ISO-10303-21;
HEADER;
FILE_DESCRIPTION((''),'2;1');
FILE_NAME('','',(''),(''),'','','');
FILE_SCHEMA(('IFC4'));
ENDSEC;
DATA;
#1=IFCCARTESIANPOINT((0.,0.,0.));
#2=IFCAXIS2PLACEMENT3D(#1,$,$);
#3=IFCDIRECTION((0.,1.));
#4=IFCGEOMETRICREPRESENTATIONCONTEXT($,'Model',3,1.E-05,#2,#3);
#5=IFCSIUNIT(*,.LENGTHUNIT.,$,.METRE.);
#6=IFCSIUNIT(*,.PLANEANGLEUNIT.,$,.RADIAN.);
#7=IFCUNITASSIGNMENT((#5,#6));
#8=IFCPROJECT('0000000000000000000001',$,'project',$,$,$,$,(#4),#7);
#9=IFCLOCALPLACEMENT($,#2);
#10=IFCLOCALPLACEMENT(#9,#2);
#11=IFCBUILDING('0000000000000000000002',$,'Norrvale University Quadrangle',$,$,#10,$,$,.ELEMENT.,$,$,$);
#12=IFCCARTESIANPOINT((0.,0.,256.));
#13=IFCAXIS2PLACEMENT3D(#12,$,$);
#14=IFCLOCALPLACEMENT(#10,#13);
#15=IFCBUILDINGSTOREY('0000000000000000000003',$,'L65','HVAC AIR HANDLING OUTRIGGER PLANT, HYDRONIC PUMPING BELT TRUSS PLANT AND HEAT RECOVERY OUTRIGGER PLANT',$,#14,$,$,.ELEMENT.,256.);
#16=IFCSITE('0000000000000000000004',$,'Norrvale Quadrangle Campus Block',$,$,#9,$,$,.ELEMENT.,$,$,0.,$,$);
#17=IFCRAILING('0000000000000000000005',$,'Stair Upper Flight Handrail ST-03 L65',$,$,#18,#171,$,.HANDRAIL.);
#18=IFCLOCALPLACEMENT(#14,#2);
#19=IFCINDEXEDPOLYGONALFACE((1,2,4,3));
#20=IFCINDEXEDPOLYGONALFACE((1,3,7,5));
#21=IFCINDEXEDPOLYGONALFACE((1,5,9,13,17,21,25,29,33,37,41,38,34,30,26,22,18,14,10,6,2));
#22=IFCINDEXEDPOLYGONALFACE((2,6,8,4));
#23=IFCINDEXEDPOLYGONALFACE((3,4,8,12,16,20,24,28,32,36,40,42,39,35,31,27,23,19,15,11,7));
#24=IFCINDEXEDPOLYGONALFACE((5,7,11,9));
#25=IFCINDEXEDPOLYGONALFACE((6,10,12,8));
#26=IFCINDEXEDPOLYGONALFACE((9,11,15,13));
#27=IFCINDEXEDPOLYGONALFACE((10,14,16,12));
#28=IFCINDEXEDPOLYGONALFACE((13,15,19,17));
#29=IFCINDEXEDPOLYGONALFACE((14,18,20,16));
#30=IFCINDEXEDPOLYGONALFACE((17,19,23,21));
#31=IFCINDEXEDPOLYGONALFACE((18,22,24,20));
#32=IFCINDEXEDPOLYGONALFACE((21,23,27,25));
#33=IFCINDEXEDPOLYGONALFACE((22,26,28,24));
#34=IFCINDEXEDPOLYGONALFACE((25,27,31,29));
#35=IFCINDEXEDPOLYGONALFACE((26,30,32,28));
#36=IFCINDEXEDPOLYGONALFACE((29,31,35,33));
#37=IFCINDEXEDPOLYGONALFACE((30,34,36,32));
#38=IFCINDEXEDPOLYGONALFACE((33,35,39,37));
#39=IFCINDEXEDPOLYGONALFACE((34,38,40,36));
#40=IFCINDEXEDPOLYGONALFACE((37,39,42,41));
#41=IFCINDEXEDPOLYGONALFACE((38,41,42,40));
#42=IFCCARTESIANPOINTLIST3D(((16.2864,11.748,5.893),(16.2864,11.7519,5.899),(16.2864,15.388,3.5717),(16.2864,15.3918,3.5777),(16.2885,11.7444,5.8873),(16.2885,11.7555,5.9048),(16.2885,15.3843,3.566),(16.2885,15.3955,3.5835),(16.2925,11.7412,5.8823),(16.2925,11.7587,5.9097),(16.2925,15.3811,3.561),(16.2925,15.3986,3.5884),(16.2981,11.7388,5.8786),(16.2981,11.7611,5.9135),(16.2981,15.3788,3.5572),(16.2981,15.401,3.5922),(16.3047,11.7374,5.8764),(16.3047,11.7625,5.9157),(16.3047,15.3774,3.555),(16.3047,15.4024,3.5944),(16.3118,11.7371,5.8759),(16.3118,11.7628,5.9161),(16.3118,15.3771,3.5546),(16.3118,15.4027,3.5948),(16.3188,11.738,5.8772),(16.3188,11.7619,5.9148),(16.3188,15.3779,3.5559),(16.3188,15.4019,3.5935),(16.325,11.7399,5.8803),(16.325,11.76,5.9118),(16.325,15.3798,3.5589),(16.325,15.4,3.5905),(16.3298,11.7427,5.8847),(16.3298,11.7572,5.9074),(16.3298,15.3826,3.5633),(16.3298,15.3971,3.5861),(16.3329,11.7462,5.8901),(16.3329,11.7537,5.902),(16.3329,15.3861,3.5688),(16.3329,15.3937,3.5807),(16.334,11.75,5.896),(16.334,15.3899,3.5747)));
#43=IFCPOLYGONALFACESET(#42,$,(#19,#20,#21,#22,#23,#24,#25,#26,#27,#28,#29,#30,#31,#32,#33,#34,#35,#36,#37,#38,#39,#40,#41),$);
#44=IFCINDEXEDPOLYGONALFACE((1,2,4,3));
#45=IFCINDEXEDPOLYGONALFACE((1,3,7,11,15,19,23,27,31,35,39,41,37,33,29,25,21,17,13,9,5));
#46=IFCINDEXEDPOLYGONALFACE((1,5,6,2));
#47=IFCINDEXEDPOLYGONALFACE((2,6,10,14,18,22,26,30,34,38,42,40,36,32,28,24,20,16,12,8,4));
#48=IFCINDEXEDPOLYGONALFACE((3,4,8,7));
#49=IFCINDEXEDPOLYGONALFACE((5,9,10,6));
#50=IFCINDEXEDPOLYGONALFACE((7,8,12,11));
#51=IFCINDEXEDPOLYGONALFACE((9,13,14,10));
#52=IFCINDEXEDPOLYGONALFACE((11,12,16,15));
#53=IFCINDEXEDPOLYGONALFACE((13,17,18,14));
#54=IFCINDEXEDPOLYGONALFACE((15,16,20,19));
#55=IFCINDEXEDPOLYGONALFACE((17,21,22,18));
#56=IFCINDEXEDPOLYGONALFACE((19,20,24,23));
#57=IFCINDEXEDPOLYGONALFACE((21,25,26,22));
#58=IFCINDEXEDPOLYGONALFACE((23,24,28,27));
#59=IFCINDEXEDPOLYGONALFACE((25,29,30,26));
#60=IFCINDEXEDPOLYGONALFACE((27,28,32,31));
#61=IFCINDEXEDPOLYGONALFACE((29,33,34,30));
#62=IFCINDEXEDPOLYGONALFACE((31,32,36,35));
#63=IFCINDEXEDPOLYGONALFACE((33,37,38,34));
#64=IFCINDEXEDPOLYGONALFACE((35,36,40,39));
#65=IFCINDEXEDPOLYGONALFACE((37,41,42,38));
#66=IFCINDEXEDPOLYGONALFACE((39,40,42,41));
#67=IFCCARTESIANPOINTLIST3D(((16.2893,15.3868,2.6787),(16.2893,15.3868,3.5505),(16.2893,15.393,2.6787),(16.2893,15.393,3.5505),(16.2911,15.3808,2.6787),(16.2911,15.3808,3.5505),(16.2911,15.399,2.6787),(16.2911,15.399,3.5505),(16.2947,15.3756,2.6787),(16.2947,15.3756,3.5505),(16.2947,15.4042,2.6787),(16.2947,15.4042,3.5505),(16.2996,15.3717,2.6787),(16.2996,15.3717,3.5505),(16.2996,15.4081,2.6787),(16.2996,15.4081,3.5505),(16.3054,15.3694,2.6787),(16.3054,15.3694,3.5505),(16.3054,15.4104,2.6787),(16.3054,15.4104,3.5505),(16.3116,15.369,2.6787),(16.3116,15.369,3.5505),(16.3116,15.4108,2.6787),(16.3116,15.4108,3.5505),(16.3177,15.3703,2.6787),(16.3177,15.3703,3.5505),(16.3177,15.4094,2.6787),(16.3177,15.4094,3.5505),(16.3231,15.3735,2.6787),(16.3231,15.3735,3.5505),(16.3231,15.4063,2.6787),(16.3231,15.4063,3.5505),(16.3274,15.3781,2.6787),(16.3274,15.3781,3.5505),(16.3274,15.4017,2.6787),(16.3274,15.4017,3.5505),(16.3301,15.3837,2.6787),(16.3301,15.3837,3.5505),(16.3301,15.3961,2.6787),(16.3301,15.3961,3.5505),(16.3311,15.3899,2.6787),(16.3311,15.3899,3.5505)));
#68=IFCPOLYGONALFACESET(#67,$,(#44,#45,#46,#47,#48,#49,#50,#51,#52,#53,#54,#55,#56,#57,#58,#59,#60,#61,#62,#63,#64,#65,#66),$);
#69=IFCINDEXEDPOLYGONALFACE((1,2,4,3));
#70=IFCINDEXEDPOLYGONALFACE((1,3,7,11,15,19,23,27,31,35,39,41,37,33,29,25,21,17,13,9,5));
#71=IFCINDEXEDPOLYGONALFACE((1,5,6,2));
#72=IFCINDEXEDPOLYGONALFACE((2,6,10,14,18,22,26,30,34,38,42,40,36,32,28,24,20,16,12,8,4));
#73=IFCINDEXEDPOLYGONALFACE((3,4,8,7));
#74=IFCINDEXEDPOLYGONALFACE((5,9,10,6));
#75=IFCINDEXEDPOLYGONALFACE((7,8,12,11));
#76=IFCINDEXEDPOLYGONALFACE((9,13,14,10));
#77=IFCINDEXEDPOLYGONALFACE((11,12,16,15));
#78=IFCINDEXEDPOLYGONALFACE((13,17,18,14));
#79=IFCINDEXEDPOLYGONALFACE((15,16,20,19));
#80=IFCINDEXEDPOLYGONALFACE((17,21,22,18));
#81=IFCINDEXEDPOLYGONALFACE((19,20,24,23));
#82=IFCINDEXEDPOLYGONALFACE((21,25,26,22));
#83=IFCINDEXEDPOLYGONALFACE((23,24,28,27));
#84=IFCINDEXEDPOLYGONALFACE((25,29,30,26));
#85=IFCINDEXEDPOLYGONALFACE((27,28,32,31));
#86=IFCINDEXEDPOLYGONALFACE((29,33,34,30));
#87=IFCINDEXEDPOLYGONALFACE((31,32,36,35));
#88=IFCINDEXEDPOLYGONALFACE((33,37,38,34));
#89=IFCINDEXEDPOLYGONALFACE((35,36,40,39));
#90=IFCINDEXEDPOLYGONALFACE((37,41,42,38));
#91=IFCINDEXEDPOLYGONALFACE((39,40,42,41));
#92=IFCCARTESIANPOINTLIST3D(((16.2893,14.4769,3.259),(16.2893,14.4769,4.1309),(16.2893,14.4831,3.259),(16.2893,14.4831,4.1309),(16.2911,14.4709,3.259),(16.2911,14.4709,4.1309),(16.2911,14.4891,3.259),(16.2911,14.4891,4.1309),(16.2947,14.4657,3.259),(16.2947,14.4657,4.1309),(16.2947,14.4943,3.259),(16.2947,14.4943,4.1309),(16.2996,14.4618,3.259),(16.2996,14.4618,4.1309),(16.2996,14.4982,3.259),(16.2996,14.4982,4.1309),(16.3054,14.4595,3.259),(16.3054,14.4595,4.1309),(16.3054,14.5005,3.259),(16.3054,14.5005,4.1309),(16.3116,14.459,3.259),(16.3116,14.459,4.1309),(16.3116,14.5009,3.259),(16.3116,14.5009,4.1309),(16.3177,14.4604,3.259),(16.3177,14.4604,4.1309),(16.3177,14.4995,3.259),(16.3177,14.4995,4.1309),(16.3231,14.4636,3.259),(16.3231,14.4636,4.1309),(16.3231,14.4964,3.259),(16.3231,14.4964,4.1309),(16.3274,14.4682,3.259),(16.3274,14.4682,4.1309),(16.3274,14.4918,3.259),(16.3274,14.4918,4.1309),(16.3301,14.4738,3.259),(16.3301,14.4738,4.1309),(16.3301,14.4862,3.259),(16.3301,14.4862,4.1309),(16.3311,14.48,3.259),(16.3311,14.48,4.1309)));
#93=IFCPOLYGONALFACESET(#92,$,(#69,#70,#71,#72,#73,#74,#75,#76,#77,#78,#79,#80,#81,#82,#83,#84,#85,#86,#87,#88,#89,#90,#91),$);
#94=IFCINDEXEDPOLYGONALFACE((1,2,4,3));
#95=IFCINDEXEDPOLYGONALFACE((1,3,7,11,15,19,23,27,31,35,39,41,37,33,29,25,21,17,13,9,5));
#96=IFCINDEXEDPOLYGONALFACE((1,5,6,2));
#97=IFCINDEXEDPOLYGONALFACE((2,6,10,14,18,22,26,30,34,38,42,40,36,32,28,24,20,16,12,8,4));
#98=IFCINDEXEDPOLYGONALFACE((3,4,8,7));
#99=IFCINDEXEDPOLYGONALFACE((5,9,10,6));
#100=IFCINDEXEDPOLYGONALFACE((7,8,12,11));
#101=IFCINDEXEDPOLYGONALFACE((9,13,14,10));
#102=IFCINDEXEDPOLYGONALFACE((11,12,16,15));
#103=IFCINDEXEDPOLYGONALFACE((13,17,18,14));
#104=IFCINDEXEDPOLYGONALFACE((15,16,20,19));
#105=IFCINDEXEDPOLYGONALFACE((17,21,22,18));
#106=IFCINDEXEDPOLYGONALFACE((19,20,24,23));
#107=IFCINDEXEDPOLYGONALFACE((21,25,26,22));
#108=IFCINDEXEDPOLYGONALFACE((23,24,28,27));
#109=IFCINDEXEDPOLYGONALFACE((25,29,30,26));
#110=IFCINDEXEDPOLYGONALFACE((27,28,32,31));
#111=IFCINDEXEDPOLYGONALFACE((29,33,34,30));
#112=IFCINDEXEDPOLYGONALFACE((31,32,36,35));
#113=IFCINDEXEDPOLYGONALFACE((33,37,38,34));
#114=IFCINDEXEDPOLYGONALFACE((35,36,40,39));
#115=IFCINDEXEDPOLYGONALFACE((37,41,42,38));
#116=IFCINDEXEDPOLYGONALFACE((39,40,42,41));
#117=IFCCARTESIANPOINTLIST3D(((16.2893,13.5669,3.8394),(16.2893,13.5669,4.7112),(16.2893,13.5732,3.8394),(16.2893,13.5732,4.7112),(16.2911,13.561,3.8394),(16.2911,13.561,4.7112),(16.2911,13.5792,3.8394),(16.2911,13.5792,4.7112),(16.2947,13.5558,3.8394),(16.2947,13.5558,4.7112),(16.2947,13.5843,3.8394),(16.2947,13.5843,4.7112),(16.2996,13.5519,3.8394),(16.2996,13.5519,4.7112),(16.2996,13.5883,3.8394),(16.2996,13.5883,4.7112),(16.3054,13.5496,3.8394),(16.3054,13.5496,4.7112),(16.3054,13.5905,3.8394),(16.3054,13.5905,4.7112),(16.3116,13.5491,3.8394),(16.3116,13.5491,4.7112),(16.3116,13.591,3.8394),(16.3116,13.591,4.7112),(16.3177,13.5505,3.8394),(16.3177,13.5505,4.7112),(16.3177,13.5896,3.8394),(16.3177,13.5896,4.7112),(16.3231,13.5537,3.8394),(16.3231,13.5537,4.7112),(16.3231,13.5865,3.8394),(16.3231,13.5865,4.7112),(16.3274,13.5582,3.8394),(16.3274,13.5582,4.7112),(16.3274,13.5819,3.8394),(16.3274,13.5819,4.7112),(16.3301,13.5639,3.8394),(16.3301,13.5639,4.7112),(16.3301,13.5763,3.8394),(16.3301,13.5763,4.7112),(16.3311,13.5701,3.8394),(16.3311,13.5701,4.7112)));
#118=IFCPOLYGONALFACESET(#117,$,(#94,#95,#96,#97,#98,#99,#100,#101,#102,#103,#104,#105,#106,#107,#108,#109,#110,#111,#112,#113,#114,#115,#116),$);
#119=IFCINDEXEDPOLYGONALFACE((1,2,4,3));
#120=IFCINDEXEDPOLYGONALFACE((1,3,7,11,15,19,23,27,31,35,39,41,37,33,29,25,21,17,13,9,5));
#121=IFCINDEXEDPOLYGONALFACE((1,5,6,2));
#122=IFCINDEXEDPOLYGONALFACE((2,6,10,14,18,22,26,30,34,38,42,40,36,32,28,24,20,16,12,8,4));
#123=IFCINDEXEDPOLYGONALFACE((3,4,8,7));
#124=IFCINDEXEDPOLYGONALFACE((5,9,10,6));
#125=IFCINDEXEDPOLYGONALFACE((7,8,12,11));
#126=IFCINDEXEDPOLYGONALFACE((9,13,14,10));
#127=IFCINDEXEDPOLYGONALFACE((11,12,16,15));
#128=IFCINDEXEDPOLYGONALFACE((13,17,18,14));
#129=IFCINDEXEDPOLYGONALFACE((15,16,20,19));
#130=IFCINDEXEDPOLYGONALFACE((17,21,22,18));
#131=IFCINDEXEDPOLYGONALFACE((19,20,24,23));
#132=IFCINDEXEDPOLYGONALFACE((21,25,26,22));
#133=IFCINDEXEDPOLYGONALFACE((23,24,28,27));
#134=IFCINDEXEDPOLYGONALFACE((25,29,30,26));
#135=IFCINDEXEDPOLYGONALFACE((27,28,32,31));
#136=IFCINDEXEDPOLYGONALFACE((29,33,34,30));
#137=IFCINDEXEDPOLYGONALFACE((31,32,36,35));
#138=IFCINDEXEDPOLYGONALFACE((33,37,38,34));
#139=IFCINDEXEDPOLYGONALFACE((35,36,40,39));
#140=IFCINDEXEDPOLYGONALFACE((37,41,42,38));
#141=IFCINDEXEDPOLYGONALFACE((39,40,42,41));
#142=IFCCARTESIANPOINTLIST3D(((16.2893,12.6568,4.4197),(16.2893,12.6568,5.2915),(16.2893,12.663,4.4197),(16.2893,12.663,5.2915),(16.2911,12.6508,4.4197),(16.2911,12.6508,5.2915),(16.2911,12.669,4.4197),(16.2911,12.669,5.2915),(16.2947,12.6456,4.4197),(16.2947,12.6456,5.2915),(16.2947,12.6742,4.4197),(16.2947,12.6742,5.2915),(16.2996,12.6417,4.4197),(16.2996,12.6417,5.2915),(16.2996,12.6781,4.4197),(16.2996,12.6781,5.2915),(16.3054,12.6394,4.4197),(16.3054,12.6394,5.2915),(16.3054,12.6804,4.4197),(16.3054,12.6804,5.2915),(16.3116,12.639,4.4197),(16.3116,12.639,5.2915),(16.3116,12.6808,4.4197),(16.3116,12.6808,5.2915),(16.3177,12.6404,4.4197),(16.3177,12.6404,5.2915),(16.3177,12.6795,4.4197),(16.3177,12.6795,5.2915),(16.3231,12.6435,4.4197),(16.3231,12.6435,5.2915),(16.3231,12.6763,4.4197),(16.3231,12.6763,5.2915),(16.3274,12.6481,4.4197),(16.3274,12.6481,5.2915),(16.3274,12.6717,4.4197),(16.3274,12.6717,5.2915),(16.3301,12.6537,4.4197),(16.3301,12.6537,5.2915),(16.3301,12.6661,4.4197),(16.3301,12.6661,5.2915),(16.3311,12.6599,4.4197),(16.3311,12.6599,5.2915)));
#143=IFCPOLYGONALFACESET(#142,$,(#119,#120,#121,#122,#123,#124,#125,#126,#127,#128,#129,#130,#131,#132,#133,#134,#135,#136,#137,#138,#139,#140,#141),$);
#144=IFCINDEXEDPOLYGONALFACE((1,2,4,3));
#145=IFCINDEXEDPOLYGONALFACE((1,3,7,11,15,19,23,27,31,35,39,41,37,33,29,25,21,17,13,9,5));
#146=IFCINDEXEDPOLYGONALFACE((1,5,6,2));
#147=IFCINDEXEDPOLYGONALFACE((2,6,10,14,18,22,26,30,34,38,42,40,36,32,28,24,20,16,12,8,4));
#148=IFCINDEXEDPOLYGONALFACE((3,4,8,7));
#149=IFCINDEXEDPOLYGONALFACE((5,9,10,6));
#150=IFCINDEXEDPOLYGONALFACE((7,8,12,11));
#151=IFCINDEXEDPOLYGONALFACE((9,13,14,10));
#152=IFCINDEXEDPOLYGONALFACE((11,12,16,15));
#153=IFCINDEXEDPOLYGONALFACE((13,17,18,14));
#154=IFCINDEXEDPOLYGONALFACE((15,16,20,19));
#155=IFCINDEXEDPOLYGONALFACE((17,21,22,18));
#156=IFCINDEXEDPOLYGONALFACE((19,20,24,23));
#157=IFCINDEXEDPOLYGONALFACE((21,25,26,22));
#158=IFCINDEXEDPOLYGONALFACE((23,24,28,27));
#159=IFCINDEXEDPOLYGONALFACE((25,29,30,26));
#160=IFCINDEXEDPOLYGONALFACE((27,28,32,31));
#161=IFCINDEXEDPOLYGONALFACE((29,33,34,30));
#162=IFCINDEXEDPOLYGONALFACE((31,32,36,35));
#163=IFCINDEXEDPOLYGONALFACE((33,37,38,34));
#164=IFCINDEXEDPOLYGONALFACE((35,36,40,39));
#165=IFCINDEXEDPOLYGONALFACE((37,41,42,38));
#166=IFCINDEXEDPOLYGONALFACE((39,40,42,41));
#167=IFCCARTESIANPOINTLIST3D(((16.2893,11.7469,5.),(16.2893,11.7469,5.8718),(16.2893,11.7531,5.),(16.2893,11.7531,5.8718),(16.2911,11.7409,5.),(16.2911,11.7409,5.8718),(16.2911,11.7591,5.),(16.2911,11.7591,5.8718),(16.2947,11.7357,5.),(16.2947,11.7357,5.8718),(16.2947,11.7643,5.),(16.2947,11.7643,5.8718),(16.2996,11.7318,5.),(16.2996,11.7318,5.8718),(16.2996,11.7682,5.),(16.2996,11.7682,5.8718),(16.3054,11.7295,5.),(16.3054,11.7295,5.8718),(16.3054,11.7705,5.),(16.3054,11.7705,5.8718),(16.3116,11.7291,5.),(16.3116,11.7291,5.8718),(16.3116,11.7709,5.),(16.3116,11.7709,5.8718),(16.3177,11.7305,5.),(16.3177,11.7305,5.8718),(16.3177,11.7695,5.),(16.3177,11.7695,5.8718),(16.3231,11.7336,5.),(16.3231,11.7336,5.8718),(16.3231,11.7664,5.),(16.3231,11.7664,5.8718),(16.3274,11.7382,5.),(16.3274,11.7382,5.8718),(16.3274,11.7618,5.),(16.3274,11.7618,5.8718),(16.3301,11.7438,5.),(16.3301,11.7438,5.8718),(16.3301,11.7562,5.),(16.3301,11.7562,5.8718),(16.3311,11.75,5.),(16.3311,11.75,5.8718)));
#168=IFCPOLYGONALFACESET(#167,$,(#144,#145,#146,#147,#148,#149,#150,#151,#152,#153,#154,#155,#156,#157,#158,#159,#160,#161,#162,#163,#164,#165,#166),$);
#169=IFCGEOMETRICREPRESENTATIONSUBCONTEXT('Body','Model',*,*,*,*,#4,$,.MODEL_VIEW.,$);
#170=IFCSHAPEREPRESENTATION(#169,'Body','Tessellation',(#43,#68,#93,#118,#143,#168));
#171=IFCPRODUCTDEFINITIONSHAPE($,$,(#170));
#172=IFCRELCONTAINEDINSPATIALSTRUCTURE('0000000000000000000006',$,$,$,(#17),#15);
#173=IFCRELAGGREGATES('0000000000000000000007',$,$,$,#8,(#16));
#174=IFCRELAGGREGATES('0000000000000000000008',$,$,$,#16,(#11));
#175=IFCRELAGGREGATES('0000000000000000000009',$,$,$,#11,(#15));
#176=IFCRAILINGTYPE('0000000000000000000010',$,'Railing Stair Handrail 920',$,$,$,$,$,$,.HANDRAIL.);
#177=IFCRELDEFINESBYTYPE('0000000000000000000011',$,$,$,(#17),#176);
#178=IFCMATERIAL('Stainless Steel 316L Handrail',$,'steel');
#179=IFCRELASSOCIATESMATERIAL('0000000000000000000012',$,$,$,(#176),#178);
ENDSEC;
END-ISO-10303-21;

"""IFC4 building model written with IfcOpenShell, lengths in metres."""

from ifc_helpers import new_model, si_unit, direction, frame, origin, origin_2d, place, context, subcontext, project, spatial, circle, extrude, material, type_object, element, save


model = new_model("IFC4")

# Units and contexts
model_context = context("Model", 3, precision=1e-05, world=origin(), true_north=direction((0.0, 1.0)))
body_context = subcontext(model_context, "Body", "Model", "MODEL_VIEW")
ifc_project = project(units=[si_unit("LENGTHUNIT", "METRE"), si_unit("PLANEANGLEUNIT", "RADIAN")], contexts=[model_context])

# Site, building, storey
site_placement = place(None, origin())
site = spatial("IfcSite", under=ifc_project, at=site_placement, Name="Norrvale Quadrangle Campus Block", CompositionType="ELEMENT", RefElevation=0.0)
building_placement = place(site_placement, origin())
building = spatial("IfcBuilding", under=site, at=building_placement, Name="Norrvale University Quadrangle", CompositionType="ELEMENT")
storey_placement = place(building_placement, frame((0.0, 0.0, 256.0)))
storey = spatial("IfcBuildingStorey", under=building, at=storey_placement, Name="L65", Description="HVAC AIR HANDLING OUTRIGGER PLANT, HYDRONIC PUMPING BELT TRUSS PLANT AND HEAT RECOVERY OUTRIGGER PLANT", CompositionType="ELEMENT", Elevation=256.0)

# Railing
ifc_material_1 = material(Name="Stainless Steel 316L Handrail", Category="steel")
railing_type_1 = type_object("IfcRailingType", Name="Railing Stair Handrail 920", PredefinedType="HANDRAIL", material=ifc_material_1)
railing_1_placement = place(storey_placement, frame((16.3101, 15.3899, 2.6787)))
element("IfcRailing", 1, at=railing_1_placement, inside=storey, type_object=railing_type_1, Name="Stair Upper Flight Handrail ST-03 L65", PredefinedType="HANDRAIL", context=body_context, shape_type="SweptSolid", body=[
    extrude(circle(Radius=0.0239, at=origin_2d()), frame((0.0, 0.0, 0.896), z_axis=(0.0, -0.843137, 0.537699), x_axis=(1.0, 0.0, 0.0)), (0.0, 0.0, 1.0), 4.3171),
    extrude(circle(Radius=0.021, at=origin_2d()), origin(), (0.0, 0.0, 1.0), 0.8718),
    extrude(circle(Radius=0.021, at=origin_2d()), frame((0.0, -0.9099, 0.5803)), (0.0, 0.0, 1.0), 0.8718),
    extrude(circle(Radius=0.021, at=origin_2d()), frame((0.0, -1.8198, 1.1606)), (0.0, 0.0, 1.0), 0.8718),
    extrude(circle(Radius=0.021, at=origin_2d()), frame((0.0, -2.73, 1.741)), (0.0, 0.0, 1.0), 0.8718),
    extrude(circle(Radius=0.021, at=origin_2d()), frame((0.0, -3.6399, 2.3213)), (0.0, 0.0, 1.0), 0.8718),
])

save(model, "model.ifc")
